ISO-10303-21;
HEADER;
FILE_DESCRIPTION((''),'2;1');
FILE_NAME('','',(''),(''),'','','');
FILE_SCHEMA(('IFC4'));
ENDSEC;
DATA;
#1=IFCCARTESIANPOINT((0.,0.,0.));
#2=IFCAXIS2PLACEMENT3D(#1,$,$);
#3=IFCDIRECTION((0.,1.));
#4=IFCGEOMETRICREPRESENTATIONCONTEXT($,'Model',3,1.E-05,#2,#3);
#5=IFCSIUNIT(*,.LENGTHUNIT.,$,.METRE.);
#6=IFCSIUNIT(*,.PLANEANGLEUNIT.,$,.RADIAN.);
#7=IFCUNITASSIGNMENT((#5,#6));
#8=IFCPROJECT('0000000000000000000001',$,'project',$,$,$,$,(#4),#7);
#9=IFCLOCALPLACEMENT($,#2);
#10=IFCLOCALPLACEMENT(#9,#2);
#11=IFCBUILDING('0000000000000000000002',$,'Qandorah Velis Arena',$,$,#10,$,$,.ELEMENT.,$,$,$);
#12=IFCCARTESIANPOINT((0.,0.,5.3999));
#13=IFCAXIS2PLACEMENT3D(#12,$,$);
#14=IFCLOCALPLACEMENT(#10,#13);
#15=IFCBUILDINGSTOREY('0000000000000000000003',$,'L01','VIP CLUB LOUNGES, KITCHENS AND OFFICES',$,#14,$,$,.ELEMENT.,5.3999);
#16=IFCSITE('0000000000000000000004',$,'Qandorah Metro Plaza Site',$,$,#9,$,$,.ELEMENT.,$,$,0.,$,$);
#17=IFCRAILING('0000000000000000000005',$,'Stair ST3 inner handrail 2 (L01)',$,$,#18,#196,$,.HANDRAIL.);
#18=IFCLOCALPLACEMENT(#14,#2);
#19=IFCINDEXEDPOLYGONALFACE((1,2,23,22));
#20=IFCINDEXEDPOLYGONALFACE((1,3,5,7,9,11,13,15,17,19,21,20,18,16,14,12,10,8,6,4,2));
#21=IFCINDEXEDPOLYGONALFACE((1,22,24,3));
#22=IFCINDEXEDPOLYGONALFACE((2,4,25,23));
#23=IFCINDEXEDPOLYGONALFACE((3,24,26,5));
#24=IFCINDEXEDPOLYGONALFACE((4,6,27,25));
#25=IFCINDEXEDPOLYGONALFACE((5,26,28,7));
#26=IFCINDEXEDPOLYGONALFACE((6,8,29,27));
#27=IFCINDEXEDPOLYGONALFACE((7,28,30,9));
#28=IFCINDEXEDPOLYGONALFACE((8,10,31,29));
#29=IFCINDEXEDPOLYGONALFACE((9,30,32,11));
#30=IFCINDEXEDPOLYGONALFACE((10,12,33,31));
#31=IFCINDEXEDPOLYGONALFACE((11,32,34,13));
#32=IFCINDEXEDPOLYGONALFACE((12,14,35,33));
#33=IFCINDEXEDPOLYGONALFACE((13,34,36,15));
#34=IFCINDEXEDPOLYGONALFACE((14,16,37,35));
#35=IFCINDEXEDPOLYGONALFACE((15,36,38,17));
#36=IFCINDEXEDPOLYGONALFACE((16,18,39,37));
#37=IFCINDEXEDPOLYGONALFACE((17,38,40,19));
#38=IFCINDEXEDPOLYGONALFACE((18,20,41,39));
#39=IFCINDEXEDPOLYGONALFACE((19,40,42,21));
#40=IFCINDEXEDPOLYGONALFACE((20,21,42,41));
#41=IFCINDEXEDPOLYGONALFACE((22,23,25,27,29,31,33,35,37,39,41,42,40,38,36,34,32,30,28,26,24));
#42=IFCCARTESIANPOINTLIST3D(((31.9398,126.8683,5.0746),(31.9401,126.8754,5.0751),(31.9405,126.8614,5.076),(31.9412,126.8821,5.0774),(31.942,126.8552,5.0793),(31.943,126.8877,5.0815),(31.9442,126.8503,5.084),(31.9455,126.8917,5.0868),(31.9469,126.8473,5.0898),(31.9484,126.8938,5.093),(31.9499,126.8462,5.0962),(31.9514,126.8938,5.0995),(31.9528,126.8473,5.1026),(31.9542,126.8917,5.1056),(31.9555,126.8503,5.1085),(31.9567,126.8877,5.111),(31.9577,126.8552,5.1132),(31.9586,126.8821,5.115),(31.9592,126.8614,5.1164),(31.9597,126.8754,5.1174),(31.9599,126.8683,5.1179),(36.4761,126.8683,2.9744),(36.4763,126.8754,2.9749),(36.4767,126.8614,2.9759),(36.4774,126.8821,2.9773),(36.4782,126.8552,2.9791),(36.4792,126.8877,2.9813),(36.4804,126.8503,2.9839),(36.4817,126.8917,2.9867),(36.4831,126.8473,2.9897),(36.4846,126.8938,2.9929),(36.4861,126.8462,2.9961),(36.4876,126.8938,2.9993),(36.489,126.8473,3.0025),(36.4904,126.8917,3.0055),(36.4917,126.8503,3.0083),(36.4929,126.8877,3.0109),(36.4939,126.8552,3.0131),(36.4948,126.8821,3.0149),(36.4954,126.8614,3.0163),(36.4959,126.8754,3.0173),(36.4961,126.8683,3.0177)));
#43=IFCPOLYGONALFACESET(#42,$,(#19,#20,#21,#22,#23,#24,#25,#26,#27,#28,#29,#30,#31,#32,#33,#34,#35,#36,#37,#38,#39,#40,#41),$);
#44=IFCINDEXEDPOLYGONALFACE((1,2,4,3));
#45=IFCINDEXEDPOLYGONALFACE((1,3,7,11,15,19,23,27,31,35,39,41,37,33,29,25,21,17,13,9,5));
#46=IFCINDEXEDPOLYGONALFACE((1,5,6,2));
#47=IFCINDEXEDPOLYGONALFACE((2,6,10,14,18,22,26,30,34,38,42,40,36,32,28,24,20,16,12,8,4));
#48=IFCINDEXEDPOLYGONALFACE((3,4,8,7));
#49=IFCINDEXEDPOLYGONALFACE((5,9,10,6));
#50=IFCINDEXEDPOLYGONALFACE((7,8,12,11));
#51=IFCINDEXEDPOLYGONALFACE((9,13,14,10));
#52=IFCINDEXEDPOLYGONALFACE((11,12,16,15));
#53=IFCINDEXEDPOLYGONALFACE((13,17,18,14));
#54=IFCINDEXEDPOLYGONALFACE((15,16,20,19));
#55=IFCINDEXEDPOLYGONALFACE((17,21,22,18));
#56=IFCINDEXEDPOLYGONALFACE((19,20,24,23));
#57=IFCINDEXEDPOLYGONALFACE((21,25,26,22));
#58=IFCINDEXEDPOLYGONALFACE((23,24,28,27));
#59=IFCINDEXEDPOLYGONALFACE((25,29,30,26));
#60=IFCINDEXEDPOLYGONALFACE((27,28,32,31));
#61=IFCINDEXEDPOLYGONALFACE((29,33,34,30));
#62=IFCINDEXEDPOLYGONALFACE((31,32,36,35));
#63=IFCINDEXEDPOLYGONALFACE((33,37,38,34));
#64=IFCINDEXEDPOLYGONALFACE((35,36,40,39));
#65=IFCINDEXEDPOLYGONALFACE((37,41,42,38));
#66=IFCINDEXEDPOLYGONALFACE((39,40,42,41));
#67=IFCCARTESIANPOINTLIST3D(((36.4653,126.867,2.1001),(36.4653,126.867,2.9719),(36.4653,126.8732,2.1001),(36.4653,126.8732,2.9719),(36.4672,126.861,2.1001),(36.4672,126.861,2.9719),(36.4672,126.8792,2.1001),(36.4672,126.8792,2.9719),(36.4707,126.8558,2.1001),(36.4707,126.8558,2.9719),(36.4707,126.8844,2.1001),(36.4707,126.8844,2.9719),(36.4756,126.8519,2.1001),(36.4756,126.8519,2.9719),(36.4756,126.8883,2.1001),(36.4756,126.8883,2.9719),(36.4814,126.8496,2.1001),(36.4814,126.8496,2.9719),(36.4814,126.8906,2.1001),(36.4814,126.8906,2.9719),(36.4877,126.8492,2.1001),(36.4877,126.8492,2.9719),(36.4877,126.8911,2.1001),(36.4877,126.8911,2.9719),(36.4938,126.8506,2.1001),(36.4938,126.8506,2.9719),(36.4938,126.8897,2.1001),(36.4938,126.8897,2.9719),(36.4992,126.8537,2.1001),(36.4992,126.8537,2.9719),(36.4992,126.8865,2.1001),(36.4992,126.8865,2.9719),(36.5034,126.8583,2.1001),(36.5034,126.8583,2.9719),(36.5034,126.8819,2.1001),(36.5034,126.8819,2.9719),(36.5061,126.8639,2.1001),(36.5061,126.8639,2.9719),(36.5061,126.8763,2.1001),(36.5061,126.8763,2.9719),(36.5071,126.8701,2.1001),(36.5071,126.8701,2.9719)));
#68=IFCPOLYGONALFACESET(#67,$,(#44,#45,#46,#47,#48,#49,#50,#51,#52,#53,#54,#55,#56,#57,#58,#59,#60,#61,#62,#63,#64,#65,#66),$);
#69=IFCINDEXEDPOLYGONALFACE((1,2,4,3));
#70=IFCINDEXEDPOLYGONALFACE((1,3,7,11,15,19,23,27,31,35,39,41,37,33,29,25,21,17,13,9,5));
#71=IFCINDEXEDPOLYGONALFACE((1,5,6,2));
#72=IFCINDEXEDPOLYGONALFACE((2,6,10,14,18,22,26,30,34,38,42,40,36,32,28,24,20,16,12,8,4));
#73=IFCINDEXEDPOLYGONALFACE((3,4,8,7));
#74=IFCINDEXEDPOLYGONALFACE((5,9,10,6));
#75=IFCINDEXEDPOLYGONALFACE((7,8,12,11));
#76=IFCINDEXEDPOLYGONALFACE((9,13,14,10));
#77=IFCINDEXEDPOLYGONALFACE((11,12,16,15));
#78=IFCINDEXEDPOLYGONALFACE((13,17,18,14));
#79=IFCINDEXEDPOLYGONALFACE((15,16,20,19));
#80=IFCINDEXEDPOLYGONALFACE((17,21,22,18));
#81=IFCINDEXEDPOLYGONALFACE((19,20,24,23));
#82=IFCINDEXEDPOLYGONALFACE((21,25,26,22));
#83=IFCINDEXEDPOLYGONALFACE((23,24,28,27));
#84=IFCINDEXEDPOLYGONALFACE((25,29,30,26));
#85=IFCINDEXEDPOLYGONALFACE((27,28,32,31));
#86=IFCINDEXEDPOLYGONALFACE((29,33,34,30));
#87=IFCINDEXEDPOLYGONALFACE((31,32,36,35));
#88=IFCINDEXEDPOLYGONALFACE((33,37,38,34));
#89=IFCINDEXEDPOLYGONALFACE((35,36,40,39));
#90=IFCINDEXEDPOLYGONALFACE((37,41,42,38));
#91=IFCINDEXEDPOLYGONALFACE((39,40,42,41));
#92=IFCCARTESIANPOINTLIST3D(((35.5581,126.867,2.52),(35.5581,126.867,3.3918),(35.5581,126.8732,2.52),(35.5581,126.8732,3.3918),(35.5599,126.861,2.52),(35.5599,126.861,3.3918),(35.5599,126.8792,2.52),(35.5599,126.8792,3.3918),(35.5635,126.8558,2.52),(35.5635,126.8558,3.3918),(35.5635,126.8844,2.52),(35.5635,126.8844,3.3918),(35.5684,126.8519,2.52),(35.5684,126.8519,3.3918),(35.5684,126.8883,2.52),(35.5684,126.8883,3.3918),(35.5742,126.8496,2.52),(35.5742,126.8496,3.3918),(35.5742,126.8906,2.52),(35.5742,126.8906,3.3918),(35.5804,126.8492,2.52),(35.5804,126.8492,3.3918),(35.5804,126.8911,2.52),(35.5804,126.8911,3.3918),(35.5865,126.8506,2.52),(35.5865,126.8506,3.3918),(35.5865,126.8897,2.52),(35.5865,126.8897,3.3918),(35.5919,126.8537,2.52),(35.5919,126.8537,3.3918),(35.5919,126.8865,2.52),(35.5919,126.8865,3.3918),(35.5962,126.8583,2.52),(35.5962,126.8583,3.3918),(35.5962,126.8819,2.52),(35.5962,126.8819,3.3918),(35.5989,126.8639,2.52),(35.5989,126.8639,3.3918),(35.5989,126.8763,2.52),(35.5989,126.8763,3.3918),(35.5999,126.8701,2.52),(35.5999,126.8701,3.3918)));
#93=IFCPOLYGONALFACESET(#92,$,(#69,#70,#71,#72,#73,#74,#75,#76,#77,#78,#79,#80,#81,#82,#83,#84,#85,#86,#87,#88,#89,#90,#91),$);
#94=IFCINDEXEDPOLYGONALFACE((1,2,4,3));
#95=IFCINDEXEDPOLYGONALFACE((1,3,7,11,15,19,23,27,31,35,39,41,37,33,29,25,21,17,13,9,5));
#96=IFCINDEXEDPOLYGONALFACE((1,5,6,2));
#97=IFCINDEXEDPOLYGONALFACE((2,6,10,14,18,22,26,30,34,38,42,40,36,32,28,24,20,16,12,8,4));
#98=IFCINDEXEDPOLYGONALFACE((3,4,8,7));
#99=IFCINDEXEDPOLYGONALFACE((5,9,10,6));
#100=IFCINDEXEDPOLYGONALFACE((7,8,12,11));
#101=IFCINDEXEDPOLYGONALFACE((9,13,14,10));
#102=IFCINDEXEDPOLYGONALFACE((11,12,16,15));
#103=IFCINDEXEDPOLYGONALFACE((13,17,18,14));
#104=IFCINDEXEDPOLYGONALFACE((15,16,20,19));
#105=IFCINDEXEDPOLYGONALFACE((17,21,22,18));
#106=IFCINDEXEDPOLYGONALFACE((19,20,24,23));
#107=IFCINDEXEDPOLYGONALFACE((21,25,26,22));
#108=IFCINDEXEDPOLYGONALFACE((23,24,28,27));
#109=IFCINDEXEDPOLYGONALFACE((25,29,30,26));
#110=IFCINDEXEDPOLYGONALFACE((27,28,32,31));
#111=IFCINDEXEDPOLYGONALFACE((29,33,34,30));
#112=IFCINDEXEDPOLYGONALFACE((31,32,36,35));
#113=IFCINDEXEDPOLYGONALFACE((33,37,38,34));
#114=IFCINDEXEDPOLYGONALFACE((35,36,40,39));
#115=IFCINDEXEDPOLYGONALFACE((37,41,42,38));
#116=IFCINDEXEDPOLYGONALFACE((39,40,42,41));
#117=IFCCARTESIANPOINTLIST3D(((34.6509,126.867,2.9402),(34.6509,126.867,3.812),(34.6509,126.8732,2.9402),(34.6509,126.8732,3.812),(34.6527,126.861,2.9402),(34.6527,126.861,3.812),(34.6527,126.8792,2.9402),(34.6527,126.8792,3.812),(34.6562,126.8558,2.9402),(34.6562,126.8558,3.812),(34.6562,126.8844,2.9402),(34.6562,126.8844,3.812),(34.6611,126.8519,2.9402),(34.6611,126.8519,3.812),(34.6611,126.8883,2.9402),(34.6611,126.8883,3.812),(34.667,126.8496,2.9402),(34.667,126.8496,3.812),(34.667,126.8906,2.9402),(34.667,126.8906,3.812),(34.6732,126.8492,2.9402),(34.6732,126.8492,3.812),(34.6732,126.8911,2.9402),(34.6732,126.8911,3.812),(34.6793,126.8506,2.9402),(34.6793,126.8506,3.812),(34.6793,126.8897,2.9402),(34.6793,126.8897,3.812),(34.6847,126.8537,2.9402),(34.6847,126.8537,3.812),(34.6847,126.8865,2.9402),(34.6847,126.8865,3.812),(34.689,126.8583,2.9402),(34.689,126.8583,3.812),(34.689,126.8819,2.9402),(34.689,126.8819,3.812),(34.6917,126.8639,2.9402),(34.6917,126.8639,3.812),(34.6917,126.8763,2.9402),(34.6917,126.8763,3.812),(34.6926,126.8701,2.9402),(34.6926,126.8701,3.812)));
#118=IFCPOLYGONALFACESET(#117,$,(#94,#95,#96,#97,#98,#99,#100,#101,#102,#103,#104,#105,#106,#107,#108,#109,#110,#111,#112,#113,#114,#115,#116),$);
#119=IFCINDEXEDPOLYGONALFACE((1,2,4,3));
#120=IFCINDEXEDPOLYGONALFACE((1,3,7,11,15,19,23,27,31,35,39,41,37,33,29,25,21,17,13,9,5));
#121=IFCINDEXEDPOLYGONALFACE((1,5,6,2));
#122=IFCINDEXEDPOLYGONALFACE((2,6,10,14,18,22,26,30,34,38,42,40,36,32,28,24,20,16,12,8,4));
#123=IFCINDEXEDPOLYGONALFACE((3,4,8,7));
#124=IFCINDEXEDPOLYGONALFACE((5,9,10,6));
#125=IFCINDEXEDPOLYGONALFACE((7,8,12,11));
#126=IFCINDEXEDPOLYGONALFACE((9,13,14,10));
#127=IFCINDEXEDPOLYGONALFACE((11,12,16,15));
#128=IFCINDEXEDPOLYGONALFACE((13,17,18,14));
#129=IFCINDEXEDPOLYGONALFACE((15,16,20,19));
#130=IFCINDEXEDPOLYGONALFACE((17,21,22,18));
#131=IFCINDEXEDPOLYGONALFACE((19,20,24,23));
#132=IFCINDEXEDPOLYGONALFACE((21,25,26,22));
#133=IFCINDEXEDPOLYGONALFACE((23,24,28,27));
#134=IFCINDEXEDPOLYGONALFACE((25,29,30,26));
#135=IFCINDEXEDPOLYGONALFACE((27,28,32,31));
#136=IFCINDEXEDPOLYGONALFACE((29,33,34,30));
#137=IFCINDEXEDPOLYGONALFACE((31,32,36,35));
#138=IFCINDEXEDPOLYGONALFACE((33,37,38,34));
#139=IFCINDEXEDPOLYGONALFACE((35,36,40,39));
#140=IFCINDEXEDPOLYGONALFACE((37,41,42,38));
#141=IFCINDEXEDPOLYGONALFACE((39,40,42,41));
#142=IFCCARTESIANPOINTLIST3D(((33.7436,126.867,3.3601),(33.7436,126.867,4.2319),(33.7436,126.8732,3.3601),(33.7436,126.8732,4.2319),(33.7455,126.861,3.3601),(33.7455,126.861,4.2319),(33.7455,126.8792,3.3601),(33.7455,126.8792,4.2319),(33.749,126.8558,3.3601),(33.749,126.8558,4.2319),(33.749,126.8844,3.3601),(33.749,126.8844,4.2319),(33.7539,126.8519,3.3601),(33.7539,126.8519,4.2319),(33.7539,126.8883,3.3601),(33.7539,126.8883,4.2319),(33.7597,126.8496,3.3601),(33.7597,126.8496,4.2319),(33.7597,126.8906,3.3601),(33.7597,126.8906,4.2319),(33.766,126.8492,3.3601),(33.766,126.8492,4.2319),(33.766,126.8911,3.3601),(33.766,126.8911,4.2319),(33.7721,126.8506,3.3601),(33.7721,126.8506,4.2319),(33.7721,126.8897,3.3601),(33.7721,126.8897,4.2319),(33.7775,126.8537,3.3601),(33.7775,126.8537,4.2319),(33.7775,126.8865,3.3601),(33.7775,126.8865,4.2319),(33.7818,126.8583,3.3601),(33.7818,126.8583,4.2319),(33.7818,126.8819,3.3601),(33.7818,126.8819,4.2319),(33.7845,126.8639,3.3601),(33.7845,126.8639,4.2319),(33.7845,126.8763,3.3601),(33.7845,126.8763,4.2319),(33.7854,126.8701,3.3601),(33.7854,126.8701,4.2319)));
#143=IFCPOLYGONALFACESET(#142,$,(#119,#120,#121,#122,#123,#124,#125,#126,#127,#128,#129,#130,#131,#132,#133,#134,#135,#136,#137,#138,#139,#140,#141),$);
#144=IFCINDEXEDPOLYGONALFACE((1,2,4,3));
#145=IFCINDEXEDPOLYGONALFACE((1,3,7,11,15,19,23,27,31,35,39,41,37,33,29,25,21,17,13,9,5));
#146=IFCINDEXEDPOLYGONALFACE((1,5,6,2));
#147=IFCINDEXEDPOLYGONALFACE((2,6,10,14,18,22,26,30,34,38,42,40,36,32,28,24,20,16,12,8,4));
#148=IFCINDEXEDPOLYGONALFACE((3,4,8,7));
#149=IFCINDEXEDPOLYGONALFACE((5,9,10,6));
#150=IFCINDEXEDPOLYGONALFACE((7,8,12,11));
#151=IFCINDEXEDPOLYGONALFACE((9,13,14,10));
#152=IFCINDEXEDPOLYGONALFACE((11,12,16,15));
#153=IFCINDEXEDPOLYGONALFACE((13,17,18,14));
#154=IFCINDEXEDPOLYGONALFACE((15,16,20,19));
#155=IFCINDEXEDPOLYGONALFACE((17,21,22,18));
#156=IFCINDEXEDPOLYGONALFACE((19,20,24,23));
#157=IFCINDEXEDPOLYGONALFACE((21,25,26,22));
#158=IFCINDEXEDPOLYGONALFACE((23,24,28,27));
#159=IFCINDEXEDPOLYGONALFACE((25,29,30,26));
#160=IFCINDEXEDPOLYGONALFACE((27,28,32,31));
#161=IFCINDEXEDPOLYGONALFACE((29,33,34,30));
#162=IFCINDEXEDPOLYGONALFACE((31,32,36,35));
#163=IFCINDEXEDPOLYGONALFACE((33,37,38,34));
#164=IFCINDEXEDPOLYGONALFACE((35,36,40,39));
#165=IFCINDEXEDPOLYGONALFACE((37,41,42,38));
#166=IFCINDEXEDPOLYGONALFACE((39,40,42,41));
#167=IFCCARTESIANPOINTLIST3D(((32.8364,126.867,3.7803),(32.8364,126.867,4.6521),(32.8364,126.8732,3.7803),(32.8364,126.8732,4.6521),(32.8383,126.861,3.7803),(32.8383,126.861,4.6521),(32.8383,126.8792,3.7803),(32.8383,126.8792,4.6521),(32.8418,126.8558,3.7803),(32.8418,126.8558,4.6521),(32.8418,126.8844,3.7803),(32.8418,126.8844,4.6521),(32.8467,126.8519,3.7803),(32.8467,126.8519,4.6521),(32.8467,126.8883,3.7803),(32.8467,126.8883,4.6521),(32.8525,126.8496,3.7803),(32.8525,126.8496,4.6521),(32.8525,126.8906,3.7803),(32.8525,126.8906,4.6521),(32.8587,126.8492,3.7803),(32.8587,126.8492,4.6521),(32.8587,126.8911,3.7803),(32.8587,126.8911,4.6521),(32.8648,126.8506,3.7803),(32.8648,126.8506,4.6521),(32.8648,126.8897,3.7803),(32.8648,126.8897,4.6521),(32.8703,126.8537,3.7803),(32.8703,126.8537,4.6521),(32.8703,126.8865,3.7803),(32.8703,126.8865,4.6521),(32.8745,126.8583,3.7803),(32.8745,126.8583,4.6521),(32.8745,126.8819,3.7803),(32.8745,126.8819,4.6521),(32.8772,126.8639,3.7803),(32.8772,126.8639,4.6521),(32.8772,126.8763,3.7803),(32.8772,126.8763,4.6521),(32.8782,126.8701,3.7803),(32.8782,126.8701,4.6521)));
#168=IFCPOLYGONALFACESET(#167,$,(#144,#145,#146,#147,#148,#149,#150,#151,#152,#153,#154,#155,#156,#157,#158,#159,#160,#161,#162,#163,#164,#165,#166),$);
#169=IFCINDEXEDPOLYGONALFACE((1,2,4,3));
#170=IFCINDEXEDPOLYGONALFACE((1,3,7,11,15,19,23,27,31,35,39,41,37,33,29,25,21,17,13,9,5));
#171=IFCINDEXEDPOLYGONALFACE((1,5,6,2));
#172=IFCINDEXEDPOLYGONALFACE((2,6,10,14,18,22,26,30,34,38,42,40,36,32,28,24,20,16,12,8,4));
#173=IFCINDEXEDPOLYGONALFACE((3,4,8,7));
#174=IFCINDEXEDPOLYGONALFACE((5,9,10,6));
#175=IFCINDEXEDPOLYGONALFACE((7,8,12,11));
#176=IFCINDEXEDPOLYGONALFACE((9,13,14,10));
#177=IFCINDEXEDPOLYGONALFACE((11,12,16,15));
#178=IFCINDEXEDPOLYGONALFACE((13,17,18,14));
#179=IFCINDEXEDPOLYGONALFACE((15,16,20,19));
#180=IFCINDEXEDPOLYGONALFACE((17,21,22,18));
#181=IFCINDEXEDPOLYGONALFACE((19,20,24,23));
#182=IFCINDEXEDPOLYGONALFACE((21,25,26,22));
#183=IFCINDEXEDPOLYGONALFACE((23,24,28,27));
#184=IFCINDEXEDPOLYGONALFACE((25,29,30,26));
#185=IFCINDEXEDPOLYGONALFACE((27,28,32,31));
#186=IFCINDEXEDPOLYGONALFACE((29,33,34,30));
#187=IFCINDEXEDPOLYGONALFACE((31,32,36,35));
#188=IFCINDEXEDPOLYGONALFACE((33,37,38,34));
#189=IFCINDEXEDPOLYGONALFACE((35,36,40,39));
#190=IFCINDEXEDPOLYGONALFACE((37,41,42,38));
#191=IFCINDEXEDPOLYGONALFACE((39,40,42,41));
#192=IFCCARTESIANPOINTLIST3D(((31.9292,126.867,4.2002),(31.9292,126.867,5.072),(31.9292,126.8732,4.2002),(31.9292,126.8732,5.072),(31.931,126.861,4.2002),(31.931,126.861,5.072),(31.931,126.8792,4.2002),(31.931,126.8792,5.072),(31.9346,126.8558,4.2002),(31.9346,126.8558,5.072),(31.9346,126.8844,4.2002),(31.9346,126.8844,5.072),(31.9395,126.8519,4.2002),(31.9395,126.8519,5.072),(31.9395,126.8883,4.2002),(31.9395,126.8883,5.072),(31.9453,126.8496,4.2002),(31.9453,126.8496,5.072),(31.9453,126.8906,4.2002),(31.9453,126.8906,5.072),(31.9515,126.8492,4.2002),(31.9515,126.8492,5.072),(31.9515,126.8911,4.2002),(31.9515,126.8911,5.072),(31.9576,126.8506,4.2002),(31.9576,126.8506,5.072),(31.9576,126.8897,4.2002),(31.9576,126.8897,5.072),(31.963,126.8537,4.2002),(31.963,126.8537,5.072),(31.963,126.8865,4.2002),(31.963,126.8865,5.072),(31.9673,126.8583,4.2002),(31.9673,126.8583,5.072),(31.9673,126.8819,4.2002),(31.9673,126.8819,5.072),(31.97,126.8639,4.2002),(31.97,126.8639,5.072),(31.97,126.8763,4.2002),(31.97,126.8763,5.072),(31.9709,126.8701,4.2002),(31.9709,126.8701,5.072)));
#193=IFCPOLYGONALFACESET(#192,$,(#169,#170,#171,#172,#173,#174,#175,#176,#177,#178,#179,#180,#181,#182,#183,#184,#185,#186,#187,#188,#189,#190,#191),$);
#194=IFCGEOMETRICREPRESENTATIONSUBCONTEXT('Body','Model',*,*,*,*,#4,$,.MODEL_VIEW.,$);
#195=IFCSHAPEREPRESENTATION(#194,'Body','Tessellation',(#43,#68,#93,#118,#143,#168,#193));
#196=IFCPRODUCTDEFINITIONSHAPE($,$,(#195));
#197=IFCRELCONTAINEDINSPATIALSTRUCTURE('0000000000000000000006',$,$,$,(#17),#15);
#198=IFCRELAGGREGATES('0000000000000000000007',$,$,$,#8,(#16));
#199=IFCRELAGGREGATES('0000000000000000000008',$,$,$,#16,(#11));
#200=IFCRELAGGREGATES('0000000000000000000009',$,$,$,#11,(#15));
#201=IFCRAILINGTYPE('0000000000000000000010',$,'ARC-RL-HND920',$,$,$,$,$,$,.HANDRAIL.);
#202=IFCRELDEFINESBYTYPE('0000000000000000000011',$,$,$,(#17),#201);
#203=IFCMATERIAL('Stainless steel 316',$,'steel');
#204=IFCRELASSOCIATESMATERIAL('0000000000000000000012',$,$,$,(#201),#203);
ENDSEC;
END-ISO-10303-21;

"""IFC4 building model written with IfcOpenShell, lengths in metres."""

from ifc_helpers import new_model, si_unit, direction, frame, origin, origin_2d, place, context, subcontext, project, spatial, circle, extrude, material, type_object, element, save


model = new_model("IFC4")

# Units and contexts
model_context = context("Model", 3, precision=1e-05, world=origin(), true_north=direction((0.0, 1.0)))
body_context = subcontext(model_context, "Body", "Model", "MODEL_VIEW")
ifc_project = project(units=[si_unit("LENGTHUNIT", "METRE"), si_unit("PLANEANGLEUNIT", "RADIAN")], contexts=[model_context])

# Site, building, storey
site_placement = place(None, origin())
site = spatial("IfcSite", under=ifc_project, at=site_placement, Name="Qandorah Metro Plaza Site", CompositionType="ELEMENT", RefElevation=0.0)
building_placement = place(site_placement, origin())
building = spatial("IfcBuilding", under=site, at=building_placement, Name="Qandorah Velis Arena", CompositionType="ELEMENT")
storey_placement = place(building_placement, frame((0.0, 0.0, 5.3999)))
storey = spatial("IfcBuildingStorey", under=building, at=storey_placement, Name="L01", Description="VIP CLUB LOUNGES, KITCHENS AND OFFICES", CompositionType="ELEMENT", Elevation=5.3999)

# Railing
ifc_material_1 = material(Name="Stainless steel 316", Category="steel")
railing_type_1 = type_object("IfcRailingType", Name="ARC-RL-HND920", PredefinedType="HANDRAIL", material=ifc_material_1)
railing_1_placement = place(storey_placement, frame((36.4861, 126.8701, 2.1001)))
element("IfcRailing", 1, at=railing_1_placement, inside=storey, type_object=railing_type_1, Name="Stair ST3 inner handrail 2 (L01)", PredefinedType="HANDRAIL", context=body_context, shape_type="SweptSolid", body=[
    extrude(circle(Radius=0.0239, at=origin_2d()), frame((0.0, 0.0, 0.896), z_axis=(-0.907464, 0.0, 0.42013), x_axis=(0.0, -1.0, 0.0)), (0.0, 0.0, 1.0), 4.9988),
    extrude(circle(Radius=0.021, at=origin_2d()), origin(), (0.0, 0.0, 1.0), 0.8718),
    extrude(circle(Radius=0.021, at=origin_2d()), frame((-0.9072, 0.0, 0.4199)), (0.0, 0.0, 1.0), 0.8718),
    extrude(circle(Radius=0.021, at=origin_2d()), frame((-1.8145, 0.0, 0.8401)), (0.0, 0.0, 1.0), 0.8718),
    extrude(circle(Radius=0.021, at=origin_2d()), frame((-2.7217, 0.0, 1.26)), (0.0, 0.0, 1.0), 0.8718),
    extrude(circle(Radius=0.021, at=origin_2d()), frame((-3.6289, 0.0, 1.6802)), (0.0, 0.0, 1.0), 0.8718),
    extrude(circle(Radius=0.021, at=origin_2d()), frame((-4.5361, 0.0, 2.1001)), (0.0, 0.0, 1.0), 0.8718),
])

save(model, "model.ifc")
